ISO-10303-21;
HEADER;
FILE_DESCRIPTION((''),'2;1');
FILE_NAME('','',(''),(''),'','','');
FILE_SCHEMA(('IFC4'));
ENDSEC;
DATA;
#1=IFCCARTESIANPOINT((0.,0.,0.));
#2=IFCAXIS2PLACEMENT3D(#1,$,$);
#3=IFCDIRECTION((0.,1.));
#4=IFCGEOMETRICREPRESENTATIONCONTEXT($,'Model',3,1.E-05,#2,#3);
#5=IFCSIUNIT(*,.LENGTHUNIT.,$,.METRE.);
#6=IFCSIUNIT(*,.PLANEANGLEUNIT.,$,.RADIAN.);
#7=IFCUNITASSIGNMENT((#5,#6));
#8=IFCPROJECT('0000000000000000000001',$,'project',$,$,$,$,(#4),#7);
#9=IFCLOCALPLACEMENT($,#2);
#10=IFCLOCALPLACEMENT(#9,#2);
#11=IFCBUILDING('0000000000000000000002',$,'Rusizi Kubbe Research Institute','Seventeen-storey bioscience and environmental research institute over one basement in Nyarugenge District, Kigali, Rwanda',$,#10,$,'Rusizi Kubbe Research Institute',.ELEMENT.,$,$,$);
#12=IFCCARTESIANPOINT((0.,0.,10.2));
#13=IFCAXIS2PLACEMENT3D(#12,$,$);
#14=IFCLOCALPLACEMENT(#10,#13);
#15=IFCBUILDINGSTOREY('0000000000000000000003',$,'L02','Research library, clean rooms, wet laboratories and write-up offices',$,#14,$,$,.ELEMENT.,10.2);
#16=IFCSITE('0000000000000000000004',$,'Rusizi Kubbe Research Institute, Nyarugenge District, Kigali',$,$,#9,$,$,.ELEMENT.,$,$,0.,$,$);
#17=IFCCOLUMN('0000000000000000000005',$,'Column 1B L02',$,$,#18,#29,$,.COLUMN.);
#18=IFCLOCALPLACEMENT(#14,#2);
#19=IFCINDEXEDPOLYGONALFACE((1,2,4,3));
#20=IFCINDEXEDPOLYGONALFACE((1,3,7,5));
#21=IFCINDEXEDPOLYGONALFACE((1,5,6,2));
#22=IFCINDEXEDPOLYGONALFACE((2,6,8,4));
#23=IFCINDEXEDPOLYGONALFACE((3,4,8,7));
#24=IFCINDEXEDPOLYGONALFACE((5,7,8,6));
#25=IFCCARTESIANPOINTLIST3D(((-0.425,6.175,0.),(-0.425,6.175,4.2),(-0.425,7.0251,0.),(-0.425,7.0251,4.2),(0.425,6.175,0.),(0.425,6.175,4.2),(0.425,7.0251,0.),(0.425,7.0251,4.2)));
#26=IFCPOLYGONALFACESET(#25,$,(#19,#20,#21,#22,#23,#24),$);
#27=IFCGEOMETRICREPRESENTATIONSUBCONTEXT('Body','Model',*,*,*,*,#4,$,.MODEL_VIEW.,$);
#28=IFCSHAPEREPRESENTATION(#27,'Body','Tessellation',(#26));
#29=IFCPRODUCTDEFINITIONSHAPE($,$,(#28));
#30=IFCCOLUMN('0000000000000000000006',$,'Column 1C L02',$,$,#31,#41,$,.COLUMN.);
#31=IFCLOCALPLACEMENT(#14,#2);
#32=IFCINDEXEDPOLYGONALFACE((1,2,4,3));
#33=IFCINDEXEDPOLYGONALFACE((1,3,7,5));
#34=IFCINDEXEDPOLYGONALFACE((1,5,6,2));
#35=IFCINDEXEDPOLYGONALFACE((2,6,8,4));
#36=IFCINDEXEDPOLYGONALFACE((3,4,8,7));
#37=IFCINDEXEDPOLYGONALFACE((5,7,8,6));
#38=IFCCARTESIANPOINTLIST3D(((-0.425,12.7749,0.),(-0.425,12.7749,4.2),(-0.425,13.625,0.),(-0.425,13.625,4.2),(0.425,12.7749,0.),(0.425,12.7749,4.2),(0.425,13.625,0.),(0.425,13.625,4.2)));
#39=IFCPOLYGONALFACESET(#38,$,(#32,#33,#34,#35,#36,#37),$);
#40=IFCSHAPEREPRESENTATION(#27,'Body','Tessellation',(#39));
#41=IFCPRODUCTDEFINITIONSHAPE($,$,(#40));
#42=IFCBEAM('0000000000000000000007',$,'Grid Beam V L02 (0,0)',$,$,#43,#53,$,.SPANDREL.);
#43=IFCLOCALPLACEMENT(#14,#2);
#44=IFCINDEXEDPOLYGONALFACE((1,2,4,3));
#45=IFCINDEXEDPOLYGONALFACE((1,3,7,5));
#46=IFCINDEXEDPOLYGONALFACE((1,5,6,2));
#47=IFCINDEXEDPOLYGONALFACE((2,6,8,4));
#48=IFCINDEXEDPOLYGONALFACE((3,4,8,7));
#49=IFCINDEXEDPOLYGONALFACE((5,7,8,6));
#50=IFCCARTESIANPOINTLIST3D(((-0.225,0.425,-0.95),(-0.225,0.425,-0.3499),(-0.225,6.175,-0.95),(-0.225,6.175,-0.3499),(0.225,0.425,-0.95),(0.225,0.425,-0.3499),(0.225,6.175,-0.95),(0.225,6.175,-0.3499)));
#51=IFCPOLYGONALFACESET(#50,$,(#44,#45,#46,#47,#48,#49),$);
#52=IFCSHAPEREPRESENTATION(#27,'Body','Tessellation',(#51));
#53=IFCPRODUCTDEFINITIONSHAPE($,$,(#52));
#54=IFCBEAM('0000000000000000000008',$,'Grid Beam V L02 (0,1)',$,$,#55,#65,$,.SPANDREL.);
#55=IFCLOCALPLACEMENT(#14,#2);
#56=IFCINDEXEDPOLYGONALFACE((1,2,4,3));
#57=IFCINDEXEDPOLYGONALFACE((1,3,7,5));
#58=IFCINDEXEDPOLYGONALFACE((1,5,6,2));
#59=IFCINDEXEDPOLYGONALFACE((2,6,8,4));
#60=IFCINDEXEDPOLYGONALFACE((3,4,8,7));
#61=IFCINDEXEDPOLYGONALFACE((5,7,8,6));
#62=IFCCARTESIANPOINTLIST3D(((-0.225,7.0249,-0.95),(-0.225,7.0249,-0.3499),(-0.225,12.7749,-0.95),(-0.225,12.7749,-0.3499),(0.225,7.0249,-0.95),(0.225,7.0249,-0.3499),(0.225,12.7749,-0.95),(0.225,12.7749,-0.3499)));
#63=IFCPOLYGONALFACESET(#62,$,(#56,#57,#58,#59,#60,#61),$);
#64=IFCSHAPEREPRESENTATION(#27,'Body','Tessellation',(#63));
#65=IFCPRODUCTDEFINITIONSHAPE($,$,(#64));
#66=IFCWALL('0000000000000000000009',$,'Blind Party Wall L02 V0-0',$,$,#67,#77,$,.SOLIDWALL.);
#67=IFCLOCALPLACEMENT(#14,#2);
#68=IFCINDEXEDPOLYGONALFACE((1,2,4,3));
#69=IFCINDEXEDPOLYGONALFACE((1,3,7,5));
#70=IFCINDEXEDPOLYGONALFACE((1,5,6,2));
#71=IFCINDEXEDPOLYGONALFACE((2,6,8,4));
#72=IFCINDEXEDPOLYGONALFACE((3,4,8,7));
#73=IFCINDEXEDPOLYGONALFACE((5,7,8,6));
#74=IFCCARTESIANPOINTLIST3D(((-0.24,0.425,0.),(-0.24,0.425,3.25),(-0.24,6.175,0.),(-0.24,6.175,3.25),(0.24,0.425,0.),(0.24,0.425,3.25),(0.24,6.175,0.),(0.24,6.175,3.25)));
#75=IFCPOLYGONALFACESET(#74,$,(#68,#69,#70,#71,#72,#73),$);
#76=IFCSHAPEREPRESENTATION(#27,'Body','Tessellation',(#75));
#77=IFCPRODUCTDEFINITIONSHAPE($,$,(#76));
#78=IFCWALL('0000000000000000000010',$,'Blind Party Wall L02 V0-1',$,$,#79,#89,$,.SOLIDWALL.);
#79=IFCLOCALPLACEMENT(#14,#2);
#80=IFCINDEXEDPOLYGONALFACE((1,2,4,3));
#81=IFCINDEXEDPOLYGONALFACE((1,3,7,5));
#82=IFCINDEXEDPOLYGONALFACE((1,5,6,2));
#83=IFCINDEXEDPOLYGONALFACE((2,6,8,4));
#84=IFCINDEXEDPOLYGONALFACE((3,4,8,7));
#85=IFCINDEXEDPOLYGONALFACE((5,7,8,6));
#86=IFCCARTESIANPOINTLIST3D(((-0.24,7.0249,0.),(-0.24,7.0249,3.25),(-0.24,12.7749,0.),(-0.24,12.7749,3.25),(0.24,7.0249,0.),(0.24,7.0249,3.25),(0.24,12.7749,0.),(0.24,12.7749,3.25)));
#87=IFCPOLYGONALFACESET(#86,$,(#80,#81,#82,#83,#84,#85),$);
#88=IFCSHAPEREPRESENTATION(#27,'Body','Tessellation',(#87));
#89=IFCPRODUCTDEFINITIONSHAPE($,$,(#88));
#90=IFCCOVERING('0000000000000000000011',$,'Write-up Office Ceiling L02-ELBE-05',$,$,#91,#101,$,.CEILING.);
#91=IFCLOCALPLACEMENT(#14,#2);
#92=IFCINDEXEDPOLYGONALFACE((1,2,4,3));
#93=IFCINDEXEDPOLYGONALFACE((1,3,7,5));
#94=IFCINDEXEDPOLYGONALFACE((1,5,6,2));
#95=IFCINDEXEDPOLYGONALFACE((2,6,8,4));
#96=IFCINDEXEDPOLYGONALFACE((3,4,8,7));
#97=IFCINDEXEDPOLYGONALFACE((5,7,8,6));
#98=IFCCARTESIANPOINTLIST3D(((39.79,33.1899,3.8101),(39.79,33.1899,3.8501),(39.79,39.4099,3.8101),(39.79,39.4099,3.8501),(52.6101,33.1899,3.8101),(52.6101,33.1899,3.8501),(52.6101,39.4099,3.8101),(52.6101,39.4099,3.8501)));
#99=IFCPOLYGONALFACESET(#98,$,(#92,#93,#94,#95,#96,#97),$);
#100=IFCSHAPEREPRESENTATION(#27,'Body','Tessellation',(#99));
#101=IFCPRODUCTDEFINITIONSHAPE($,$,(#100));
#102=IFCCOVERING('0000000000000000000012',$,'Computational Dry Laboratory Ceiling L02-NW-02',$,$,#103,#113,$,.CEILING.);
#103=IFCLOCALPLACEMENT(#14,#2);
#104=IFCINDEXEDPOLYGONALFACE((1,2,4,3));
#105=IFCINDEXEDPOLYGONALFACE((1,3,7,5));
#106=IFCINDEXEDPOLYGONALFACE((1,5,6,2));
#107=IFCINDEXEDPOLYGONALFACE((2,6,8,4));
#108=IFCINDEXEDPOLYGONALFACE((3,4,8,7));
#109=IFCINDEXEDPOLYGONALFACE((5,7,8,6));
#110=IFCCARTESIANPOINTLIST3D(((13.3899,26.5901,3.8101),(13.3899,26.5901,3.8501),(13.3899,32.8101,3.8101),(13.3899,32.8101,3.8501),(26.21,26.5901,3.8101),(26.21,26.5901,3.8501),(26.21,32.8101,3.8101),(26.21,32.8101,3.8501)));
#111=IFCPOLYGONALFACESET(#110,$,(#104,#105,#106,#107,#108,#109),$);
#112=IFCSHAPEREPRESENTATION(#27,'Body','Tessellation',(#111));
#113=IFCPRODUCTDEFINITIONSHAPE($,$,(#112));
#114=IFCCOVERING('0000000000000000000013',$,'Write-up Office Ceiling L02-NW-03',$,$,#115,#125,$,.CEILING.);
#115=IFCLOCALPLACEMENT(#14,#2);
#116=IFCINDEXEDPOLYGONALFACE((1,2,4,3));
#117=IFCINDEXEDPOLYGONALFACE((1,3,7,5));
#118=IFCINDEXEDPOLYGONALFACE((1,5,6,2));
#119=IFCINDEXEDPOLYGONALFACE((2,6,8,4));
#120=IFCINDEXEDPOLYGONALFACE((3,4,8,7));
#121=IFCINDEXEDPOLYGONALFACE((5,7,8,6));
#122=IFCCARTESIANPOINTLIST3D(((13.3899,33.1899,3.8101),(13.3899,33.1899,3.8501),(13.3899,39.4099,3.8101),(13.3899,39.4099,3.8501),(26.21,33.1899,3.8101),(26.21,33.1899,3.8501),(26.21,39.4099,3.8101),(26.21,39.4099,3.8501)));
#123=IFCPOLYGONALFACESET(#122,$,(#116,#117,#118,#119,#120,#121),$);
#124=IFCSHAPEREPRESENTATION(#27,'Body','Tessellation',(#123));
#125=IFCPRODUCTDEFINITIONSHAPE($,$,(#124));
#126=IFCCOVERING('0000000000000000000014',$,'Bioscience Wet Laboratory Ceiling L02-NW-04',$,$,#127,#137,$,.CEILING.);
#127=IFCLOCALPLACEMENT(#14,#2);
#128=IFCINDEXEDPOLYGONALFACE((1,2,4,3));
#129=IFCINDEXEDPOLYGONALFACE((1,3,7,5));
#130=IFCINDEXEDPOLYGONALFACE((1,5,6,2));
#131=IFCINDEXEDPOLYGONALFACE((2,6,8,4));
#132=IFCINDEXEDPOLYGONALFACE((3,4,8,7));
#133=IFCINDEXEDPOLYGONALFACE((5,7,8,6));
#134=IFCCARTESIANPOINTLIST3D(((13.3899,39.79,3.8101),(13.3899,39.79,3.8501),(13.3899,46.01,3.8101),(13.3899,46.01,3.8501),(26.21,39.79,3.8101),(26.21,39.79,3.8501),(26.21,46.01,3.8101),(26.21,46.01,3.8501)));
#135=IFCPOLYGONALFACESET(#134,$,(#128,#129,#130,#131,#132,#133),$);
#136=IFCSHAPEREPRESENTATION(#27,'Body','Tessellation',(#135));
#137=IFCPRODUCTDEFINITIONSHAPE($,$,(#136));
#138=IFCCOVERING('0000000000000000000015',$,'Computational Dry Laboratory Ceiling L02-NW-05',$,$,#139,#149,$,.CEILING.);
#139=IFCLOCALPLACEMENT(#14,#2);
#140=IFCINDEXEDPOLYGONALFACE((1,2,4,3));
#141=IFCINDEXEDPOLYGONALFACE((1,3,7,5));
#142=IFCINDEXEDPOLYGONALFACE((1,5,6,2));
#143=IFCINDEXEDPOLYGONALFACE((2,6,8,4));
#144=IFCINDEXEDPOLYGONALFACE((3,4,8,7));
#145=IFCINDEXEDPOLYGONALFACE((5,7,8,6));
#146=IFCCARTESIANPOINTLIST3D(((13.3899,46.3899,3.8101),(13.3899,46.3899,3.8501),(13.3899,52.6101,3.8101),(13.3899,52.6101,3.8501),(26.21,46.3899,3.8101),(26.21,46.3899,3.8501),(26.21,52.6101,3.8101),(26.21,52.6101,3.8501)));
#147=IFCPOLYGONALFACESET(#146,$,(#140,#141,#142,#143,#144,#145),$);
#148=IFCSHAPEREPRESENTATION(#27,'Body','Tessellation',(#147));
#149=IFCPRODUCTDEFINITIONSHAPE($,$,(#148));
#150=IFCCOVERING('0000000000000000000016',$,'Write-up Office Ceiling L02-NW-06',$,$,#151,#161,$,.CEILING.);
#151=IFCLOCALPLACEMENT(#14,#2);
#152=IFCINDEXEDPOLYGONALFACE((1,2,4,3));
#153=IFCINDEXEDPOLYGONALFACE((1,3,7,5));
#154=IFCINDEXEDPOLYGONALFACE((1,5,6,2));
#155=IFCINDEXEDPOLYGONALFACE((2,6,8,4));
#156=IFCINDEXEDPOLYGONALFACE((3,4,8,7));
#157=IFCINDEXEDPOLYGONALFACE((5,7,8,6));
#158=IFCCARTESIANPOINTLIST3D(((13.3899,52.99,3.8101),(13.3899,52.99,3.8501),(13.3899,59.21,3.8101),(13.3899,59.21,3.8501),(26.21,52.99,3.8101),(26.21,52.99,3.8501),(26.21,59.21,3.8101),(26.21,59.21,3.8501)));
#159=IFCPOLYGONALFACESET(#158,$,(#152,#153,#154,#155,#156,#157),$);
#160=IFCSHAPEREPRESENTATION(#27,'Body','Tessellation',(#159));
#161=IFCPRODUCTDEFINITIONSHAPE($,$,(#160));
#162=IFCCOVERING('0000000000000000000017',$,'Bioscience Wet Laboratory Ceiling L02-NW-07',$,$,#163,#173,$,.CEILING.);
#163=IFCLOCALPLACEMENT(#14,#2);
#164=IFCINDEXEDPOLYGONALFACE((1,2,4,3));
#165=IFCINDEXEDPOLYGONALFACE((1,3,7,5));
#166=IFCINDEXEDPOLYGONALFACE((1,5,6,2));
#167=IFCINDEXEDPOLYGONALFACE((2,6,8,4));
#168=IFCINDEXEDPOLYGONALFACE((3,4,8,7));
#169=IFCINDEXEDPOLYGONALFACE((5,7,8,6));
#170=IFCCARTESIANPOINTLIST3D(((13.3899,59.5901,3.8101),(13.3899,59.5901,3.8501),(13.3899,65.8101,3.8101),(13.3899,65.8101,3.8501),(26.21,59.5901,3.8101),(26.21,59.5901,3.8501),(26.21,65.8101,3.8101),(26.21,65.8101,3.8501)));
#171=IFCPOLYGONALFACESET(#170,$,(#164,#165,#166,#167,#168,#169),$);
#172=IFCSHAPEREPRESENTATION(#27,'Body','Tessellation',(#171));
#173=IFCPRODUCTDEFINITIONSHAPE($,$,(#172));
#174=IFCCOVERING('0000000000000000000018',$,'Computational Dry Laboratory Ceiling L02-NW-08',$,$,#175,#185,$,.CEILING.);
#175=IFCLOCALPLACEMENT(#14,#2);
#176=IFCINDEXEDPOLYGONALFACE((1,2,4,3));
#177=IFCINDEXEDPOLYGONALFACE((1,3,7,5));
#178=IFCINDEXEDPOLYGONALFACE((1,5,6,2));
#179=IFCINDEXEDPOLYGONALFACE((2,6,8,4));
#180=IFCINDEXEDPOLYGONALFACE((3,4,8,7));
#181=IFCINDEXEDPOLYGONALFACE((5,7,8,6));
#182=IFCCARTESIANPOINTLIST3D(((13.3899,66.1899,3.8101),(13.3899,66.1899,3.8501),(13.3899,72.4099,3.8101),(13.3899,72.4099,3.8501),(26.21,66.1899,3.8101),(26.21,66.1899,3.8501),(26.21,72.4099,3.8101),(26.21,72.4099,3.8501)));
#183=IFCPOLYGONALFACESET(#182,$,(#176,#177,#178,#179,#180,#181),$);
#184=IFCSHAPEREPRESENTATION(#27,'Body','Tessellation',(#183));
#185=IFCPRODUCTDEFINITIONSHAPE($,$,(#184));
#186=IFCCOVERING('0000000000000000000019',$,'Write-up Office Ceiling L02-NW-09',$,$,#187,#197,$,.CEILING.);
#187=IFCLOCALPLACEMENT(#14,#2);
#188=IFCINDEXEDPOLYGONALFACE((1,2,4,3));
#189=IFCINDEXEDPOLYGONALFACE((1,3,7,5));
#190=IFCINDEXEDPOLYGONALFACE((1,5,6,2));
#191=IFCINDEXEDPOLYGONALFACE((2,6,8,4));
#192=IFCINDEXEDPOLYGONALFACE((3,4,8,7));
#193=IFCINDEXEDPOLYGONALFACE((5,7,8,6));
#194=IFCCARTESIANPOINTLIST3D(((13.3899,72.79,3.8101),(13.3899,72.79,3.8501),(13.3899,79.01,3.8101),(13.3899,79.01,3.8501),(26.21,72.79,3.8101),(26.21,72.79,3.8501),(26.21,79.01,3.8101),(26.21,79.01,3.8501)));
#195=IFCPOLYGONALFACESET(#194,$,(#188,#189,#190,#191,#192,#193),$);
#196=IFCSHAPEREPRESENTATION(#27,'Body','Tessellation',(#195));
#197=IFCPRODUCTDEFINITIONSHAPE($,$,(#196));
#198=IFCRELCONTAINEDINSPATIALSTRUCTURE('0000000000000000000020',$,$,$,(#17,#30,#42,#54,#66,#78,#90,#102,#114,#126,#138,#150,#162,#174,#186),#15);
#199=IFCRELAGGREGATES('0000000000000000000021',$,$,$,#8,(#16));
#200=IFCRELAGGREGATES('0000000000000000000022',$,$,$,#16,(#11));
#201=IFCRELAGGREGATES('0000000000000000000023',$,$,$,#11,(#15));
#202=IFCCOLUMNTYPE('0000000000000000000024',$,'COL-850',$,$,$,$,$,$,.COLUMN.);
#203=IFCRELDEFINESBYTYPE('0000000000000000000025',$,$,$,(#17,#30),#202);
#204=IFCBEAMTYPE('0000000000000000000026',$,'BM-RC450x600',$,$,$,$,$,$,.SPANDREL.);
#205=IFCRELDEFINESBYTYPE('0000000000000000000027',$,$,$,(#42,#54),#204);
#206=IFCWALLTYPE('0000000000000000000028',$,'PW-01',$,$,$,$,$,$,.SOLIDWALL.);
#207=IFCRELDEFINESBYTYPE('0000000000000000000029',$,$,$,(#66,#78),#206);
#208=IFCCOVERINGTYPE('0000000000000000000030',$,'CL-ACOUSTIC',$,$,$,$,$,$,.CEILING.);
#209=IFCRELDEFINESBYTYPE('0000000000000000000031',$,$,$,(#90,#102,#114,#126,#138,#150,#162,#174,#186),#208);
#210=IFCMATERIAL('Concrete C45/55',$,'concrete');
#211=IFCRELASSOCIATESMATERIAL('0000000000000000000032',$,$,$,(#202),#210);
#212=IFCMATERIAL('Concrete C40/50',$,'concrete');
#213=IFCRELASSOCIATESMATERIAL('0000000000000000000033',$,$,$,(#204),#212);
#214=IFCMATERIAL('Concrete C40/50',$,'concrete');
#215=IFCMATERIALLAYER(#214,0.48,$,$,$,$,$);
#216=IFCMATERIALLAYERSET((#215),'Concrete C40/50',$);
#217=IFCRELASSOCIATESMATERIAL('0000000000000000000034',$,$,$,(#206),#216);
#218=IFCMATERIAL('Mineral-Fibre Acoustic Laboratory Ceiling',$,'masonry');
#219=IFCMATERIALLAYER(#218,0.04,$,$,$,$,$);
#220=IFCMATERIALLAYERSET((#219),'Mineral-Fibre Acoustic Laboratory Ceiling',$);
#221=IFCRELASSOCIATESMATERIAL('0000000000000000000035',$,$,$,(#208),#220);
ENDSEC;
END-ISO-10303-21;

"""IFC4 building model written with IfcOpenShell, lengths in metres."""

from ifc_helpers import new_model, si_unit, direction, frame, frame_2d, origin, origin_2d, place, context, subcontext, project, spatial, polyline, rectangle, outline, extrude, material, layer, layer_set, material_profile, profile_set, type_object, element, save


model = new_model("IFC4")

# Units and contexts
model_context = context("Model", 3, precision=1e-05, world=origin(), true_north=direction((0.0, 1.0)))
body_context = subcontext(model_context, "Body", "Model", "MODEL_VIEW")
ifc_project = project(units=[si_unit("LENGTHUNIT", "METRE"), si_unit("PLANEANGLEUNIT", "RADIAN")], contexts=[model_context])

# Site, building, storey
site_placement = place(None, origin())
site = spatial("IfcSite", under=ifc_project, at=site_placement, Name="Rusizi Kubbe Research Institute, Nyarugenge District, Kigali", CompositionType="ELEMENT", RefElevation=0.0)
building_placement = place(site_placement, origin())
building = spatial("IfcBuilding", under=site, at=building_placement, Name="Rusizi Kubbe Research Institute", Description="Seventeen-storey bioscience and environmental research institute over one basement in Nyarugenge District, Kigali, Rwanda", LongName="Rusizi Kubbe Research Institute", CompositionType="ELEMENT")
storey_placement = place(building_placement, frame((0.0, 0.0, 10.2)))
storey = spatial("IfcBuildingStorey", under=building, at=storey_placement, Name="L02", Description="Research library, clean rooms, wet laboratories and write-up offices", CompositionType="ELEMENT", Elevation=10.2)

# Columns
ifc_material_1 = material(Name="Concrete C45/55", Category="concrete")
ifc_material_profile_1 = material_profile(ifc_material_1, rectangle(XDim=0.8501, YDim=0.8501, at=origin_2d()), Name="RC850x850")
ifc_profile_set_1 = profile_set([ifc_material_profile_1], Name="Concrete C45/55")
column_type = type_object("IfcColumnType", Name="COL-850", PredefinedType="COLUMN", material=ifc_profile_set_1)
for number, where, z_axis, x_axis, name in (
    (1, (0.0, 6.6001, 0.0), (0.0, 0.0, 1.0), (1.0, 0.0, 0.0), "Column 1B L02"),
    (2, (0.0, 13.2, 0.0), (0.0, 0.0, 1.0), (1.0, 0.0, 0.0), "Column 1C L02"),
):
    element("IfcColumn", number, at=place(storey_placement, frame(where, z_axis=z_axis, x_axis=x_axis)), inside=storey, type_object=column_type, Name=name, PredefinedType="COLUMN", context=body_context, shape_type="SweptSolid", body=[
        extrude(rectangle(XDim=0.8501, YDim=0.8501, at=origin_2d()), origin(), (0.0, 0.0, 1.0), 4.2),
    ])

# Beams
ifc_material_2 = material(Name="Concrete C40/50", Category="concrete")
ifc_material_profile_2 = material_profile(ifc_material_2, rectangle(XDim=0.45, YDim=0.6001, at=origin_2d()), Name="RC450x600")
ifc_profile_set_2 = profile_set([ifc_material_profile_2], Name="Concrete C40/50")
beam_type = type_object("IfcBeamType", Name="BM-RC450x600", PredefinedType="SPANDREL", material=ifc_profile_set_2)
for number, where, z_axis, x_axis, name in (
    (3, (0.0, 0.425, -0.6499), (0.0, 1.0, 0.0), (-1.0, 0.0, 0.0), "Grid Beam V L02 (0,0)"),
    (4, (0.0, 7.0249, -0.6499), (0.0, 1.0, 0.0), (-1.0, 0.0, 0.0), "Grid Beam V L02 (0,1)"),
):
    element("IfcBeam", number, at=place(storey_placement, frame(where, z_axis=z_axis, x_axis=x_axis)), inside=storey, type_object=beam_type, Name=name, PredefinedType="SPANDREL", context=body_context, shape_type="SweptSolid", body=[
        extrude(rectangle(XDim=0.45, YDim=0.6001, at=origin_2d()), origin(), (0.0, 0.0, 1.0), 5.75),
    ])

# Walls
ifc_material_3 = material(Name="Concrete C40/50", Category="concrete")
ifc_layer_1 = layer(ifc_material_3, 0.48)
ifc_layer_set_1 = layer_set([ifc_layer_1], Name="Concrete C40/50")
wall_type = type_object("IfcWallType", Name="PW-01", PredefinedType="SOLIDWALL", material=ifc_layer_set_1)
for number, where, z_axis, x_axis, name in (
    (5, (0.0, 0.425, 0.0), (0.0, 0.0, 1.0), (0.0, 1.0, 0.0), "Blind Party Wall L02 V0-0"),
    (6, (0.0, 7.0249, 0.0), (0.0, 0.0, 1.0), (0.0, 1.0, 0.0), "Blind Party Wall L02 V0-1"),
):
    element("IfcWall", number, at=place(storey_placement, frame(where, z_axis=z_axis, x_axis=x_axis)), inside=storey, type_object=wall_type, Name=name, PredefinedType="SOLIDWALL", context=body_context, shape_type="SweptSolid", body=[
        extrude(rectangle(XDim=5.75, YDim=0.48, at=frame_2d((2.875, 0.0))), origin(), (0.0, 0.0, 1.0), 3.25),
    ])

# Coverings
ifc_material_4 = material(Name="Mineral-Fibre Acoustic Laboratory Ceiling", Category="masonry")
ifc_layer_2 = layer(ifc_material_4, 0.04)
ifc_layer_set_2 = layer_set([ifc_layer_2], Name="Mineral-Fibre Acoustic Laboratory Ceiling")
covering_type_1 = type_object("IfcCoveringType", Name="CL-ACOUSTIC", PredefinedType="CEILING", material=ifc_layer_set_2)
covering_1_placement = place(storey_placement, frame((0.0, 0.0, 3.8101)))
element("IfcCovering", 7, at=covering_1_placement, inside=storey, type_object=covering_type_1, Name="Write-up Office Ceiling L02-ELBE-05", PredefinedType="CEILING", context=body_context, shape_type="SweptSolid", body=[
    extrude(outline(polyline([(39.79, 33.1899), (52.6101, 33.1899), (52.6101, 39.4099), (39.79, 39.4099), (39.79, 33.1899)])), origin(), (0.0, 0.0, 1.0), 0.04),
])
covering_2_placement = place(storey_placement, frame((0.0, 0.0, 3.8101)))
element("IfcCovering", 8, at=covering_2_placement, inside=storey, type_object=covering_type_1, Name="Computational Dry Laboratory Ceiling L02-NW-02", PredefinedType="CEILING", context=body_context, shape_type="SweptSolid", body=[
    extrude(outline(polyline([(13.3899, 26.5901), (26.21, 26.5901), (26.21, 32.8101), (13.3899, 32.8101), (13.3899, 26.5901)])), origin(), (0.0, 0.0, 1.0), 0.04),
])
covering_3_placement = place(storey_placement, frame((0.0, 0.0, 3.8101)))
element("IfcCovering", 9, at=covering_3_placement, inside=storey, type_object=covering_type_1, Name="Write-up Office Ceiling L02-NW-03", PredefinedType="CEILING", context=body_context, shape_type="SweptSolid", body=[
    extrude(outline(polyline([(13.3899, 33.1899), (26.21, 33.1899), (26.21, 39.4099), (13.3899, 39.4099), (13.3899, 33.1899)])), origin(), (0.0, 0.0, 1.0), 0.04),
])
covering_4_placement = place(storey_placement, frame((0.0, 0.0, 3.8101)))
element("IfcCovering", 10, at=covering_4_placement, inside=storey, type_object=covering_type_1, Name="Bioscience Wet Laboratory Ceiling L02-NW-04", PredefinedType="CEILING", context=body_context, shape_type="SweptSolid", body=[
    extrude(outline(polyline([(13.3899, 39.79), (26.21, 39.79), (26.21, 46.01), (13.3899, 46.01), (13.3899, 39.79)])), origin(), (0.0, 0.0, 1.0), 0.04),
])
covering_5_placement = place(storey_placement, frame((0.0, 0.0, 3.8101)))
element("IfcCovering", 11, at=covering_5_placement, inside=storey, type_object=covering_type_1, Name="Computational Dry Laboratory Ceiling L02-NW-05", PredefinedType="CEILING", context=body_context, shape_type="SweptSolid", body=[
    extrude(outline(polyline([(13.3899, 46.3899), (26.21, 46.3899), (26.21, 52.6101), (13.3899, 52.6101), (13.3899, 46.3899)])), origin(), (0.0, 0.0, 1.0), 0.04),
])
covering_6_placement = place(storey_placement, frame((0.0, 0.0, 3.8101)))
element("IfcCovering", 12, at=covering_6_placement, inside=storey, type_object=covering_type_1, Name="Write-up Office Ceiling L02-NW-06", PredefinedType="CEILING", context=body_context, shape_type="SweptSolid", body=[
    extrude(outline(polyline([(13.3899, 52.99), (26.21, 52.99), (26.21, 59.21), (13.3899, 59.21), (13.3899, 52.99)])), origin(), (0.0, 0.0, 1.0), 0.04),
])
covering_7_placement = place(storey_placement, frame((0.0, 0.0, 3.8101)))
element("IfcCovering", 13, at=covering_7_placement, inside=storey, type_object=covering_type_1, Name="Bioscience Wet Laboratory Ceiling L02-NW-07", PredefinedType="CEILING", context=body_context, shape_type="SweptSolid", body=[
    extrude(outline(polyline([(13.3899, 59.5901), (26.21, 59.5901), (26.21, 65.8101), (13.3899, 65.8101), (13.3899, 59.5901)])), origin(), (0.0, 0.0, 1.0), 0.04),
])
covering_8_placement = place(storey_placement, frame((0.0, 0.0, 3.8101)))
element("IfcCovering", 14, at=covering_8_placement, inside=storey, type_object=covering_type_1, Name="Computational Dry Laboratory Ceiling L02-NW-08", PredefinedType="CEILING", context=body_context, shape_type="SweptSolid", body=[
    extrude(outline(polyline([(13.3899, 66.1899), (26.21, 66.1899), (26.21, 72.4099), (13.3899, 72.4099), (13.3899, 66.1899)])), origin(), (0.0, 0.0, 1.0), 0.04),
])
covering_9_placement = place(storey_placement, frame((0.0, 0.0, 3.8101)))
element("IfcCovering", 15, at=covering_9_placement, inside=storey, type_object=covering_type_1, Name="Write-up Office Ceiling L02-NW-09", PredefinedType="CEILING", context=body_context, shape_type="SweptSolid", body=[
    extrude(outline(polyline([(13.3899, 72.79), (26.21, 72.79), (26.21, 79.01), (13.3899, 79.01), (13.3899, 72.79)])), origin(), (0.0, 0.0, 1.0), 0.04),
])

save(model, "model.ifc")
